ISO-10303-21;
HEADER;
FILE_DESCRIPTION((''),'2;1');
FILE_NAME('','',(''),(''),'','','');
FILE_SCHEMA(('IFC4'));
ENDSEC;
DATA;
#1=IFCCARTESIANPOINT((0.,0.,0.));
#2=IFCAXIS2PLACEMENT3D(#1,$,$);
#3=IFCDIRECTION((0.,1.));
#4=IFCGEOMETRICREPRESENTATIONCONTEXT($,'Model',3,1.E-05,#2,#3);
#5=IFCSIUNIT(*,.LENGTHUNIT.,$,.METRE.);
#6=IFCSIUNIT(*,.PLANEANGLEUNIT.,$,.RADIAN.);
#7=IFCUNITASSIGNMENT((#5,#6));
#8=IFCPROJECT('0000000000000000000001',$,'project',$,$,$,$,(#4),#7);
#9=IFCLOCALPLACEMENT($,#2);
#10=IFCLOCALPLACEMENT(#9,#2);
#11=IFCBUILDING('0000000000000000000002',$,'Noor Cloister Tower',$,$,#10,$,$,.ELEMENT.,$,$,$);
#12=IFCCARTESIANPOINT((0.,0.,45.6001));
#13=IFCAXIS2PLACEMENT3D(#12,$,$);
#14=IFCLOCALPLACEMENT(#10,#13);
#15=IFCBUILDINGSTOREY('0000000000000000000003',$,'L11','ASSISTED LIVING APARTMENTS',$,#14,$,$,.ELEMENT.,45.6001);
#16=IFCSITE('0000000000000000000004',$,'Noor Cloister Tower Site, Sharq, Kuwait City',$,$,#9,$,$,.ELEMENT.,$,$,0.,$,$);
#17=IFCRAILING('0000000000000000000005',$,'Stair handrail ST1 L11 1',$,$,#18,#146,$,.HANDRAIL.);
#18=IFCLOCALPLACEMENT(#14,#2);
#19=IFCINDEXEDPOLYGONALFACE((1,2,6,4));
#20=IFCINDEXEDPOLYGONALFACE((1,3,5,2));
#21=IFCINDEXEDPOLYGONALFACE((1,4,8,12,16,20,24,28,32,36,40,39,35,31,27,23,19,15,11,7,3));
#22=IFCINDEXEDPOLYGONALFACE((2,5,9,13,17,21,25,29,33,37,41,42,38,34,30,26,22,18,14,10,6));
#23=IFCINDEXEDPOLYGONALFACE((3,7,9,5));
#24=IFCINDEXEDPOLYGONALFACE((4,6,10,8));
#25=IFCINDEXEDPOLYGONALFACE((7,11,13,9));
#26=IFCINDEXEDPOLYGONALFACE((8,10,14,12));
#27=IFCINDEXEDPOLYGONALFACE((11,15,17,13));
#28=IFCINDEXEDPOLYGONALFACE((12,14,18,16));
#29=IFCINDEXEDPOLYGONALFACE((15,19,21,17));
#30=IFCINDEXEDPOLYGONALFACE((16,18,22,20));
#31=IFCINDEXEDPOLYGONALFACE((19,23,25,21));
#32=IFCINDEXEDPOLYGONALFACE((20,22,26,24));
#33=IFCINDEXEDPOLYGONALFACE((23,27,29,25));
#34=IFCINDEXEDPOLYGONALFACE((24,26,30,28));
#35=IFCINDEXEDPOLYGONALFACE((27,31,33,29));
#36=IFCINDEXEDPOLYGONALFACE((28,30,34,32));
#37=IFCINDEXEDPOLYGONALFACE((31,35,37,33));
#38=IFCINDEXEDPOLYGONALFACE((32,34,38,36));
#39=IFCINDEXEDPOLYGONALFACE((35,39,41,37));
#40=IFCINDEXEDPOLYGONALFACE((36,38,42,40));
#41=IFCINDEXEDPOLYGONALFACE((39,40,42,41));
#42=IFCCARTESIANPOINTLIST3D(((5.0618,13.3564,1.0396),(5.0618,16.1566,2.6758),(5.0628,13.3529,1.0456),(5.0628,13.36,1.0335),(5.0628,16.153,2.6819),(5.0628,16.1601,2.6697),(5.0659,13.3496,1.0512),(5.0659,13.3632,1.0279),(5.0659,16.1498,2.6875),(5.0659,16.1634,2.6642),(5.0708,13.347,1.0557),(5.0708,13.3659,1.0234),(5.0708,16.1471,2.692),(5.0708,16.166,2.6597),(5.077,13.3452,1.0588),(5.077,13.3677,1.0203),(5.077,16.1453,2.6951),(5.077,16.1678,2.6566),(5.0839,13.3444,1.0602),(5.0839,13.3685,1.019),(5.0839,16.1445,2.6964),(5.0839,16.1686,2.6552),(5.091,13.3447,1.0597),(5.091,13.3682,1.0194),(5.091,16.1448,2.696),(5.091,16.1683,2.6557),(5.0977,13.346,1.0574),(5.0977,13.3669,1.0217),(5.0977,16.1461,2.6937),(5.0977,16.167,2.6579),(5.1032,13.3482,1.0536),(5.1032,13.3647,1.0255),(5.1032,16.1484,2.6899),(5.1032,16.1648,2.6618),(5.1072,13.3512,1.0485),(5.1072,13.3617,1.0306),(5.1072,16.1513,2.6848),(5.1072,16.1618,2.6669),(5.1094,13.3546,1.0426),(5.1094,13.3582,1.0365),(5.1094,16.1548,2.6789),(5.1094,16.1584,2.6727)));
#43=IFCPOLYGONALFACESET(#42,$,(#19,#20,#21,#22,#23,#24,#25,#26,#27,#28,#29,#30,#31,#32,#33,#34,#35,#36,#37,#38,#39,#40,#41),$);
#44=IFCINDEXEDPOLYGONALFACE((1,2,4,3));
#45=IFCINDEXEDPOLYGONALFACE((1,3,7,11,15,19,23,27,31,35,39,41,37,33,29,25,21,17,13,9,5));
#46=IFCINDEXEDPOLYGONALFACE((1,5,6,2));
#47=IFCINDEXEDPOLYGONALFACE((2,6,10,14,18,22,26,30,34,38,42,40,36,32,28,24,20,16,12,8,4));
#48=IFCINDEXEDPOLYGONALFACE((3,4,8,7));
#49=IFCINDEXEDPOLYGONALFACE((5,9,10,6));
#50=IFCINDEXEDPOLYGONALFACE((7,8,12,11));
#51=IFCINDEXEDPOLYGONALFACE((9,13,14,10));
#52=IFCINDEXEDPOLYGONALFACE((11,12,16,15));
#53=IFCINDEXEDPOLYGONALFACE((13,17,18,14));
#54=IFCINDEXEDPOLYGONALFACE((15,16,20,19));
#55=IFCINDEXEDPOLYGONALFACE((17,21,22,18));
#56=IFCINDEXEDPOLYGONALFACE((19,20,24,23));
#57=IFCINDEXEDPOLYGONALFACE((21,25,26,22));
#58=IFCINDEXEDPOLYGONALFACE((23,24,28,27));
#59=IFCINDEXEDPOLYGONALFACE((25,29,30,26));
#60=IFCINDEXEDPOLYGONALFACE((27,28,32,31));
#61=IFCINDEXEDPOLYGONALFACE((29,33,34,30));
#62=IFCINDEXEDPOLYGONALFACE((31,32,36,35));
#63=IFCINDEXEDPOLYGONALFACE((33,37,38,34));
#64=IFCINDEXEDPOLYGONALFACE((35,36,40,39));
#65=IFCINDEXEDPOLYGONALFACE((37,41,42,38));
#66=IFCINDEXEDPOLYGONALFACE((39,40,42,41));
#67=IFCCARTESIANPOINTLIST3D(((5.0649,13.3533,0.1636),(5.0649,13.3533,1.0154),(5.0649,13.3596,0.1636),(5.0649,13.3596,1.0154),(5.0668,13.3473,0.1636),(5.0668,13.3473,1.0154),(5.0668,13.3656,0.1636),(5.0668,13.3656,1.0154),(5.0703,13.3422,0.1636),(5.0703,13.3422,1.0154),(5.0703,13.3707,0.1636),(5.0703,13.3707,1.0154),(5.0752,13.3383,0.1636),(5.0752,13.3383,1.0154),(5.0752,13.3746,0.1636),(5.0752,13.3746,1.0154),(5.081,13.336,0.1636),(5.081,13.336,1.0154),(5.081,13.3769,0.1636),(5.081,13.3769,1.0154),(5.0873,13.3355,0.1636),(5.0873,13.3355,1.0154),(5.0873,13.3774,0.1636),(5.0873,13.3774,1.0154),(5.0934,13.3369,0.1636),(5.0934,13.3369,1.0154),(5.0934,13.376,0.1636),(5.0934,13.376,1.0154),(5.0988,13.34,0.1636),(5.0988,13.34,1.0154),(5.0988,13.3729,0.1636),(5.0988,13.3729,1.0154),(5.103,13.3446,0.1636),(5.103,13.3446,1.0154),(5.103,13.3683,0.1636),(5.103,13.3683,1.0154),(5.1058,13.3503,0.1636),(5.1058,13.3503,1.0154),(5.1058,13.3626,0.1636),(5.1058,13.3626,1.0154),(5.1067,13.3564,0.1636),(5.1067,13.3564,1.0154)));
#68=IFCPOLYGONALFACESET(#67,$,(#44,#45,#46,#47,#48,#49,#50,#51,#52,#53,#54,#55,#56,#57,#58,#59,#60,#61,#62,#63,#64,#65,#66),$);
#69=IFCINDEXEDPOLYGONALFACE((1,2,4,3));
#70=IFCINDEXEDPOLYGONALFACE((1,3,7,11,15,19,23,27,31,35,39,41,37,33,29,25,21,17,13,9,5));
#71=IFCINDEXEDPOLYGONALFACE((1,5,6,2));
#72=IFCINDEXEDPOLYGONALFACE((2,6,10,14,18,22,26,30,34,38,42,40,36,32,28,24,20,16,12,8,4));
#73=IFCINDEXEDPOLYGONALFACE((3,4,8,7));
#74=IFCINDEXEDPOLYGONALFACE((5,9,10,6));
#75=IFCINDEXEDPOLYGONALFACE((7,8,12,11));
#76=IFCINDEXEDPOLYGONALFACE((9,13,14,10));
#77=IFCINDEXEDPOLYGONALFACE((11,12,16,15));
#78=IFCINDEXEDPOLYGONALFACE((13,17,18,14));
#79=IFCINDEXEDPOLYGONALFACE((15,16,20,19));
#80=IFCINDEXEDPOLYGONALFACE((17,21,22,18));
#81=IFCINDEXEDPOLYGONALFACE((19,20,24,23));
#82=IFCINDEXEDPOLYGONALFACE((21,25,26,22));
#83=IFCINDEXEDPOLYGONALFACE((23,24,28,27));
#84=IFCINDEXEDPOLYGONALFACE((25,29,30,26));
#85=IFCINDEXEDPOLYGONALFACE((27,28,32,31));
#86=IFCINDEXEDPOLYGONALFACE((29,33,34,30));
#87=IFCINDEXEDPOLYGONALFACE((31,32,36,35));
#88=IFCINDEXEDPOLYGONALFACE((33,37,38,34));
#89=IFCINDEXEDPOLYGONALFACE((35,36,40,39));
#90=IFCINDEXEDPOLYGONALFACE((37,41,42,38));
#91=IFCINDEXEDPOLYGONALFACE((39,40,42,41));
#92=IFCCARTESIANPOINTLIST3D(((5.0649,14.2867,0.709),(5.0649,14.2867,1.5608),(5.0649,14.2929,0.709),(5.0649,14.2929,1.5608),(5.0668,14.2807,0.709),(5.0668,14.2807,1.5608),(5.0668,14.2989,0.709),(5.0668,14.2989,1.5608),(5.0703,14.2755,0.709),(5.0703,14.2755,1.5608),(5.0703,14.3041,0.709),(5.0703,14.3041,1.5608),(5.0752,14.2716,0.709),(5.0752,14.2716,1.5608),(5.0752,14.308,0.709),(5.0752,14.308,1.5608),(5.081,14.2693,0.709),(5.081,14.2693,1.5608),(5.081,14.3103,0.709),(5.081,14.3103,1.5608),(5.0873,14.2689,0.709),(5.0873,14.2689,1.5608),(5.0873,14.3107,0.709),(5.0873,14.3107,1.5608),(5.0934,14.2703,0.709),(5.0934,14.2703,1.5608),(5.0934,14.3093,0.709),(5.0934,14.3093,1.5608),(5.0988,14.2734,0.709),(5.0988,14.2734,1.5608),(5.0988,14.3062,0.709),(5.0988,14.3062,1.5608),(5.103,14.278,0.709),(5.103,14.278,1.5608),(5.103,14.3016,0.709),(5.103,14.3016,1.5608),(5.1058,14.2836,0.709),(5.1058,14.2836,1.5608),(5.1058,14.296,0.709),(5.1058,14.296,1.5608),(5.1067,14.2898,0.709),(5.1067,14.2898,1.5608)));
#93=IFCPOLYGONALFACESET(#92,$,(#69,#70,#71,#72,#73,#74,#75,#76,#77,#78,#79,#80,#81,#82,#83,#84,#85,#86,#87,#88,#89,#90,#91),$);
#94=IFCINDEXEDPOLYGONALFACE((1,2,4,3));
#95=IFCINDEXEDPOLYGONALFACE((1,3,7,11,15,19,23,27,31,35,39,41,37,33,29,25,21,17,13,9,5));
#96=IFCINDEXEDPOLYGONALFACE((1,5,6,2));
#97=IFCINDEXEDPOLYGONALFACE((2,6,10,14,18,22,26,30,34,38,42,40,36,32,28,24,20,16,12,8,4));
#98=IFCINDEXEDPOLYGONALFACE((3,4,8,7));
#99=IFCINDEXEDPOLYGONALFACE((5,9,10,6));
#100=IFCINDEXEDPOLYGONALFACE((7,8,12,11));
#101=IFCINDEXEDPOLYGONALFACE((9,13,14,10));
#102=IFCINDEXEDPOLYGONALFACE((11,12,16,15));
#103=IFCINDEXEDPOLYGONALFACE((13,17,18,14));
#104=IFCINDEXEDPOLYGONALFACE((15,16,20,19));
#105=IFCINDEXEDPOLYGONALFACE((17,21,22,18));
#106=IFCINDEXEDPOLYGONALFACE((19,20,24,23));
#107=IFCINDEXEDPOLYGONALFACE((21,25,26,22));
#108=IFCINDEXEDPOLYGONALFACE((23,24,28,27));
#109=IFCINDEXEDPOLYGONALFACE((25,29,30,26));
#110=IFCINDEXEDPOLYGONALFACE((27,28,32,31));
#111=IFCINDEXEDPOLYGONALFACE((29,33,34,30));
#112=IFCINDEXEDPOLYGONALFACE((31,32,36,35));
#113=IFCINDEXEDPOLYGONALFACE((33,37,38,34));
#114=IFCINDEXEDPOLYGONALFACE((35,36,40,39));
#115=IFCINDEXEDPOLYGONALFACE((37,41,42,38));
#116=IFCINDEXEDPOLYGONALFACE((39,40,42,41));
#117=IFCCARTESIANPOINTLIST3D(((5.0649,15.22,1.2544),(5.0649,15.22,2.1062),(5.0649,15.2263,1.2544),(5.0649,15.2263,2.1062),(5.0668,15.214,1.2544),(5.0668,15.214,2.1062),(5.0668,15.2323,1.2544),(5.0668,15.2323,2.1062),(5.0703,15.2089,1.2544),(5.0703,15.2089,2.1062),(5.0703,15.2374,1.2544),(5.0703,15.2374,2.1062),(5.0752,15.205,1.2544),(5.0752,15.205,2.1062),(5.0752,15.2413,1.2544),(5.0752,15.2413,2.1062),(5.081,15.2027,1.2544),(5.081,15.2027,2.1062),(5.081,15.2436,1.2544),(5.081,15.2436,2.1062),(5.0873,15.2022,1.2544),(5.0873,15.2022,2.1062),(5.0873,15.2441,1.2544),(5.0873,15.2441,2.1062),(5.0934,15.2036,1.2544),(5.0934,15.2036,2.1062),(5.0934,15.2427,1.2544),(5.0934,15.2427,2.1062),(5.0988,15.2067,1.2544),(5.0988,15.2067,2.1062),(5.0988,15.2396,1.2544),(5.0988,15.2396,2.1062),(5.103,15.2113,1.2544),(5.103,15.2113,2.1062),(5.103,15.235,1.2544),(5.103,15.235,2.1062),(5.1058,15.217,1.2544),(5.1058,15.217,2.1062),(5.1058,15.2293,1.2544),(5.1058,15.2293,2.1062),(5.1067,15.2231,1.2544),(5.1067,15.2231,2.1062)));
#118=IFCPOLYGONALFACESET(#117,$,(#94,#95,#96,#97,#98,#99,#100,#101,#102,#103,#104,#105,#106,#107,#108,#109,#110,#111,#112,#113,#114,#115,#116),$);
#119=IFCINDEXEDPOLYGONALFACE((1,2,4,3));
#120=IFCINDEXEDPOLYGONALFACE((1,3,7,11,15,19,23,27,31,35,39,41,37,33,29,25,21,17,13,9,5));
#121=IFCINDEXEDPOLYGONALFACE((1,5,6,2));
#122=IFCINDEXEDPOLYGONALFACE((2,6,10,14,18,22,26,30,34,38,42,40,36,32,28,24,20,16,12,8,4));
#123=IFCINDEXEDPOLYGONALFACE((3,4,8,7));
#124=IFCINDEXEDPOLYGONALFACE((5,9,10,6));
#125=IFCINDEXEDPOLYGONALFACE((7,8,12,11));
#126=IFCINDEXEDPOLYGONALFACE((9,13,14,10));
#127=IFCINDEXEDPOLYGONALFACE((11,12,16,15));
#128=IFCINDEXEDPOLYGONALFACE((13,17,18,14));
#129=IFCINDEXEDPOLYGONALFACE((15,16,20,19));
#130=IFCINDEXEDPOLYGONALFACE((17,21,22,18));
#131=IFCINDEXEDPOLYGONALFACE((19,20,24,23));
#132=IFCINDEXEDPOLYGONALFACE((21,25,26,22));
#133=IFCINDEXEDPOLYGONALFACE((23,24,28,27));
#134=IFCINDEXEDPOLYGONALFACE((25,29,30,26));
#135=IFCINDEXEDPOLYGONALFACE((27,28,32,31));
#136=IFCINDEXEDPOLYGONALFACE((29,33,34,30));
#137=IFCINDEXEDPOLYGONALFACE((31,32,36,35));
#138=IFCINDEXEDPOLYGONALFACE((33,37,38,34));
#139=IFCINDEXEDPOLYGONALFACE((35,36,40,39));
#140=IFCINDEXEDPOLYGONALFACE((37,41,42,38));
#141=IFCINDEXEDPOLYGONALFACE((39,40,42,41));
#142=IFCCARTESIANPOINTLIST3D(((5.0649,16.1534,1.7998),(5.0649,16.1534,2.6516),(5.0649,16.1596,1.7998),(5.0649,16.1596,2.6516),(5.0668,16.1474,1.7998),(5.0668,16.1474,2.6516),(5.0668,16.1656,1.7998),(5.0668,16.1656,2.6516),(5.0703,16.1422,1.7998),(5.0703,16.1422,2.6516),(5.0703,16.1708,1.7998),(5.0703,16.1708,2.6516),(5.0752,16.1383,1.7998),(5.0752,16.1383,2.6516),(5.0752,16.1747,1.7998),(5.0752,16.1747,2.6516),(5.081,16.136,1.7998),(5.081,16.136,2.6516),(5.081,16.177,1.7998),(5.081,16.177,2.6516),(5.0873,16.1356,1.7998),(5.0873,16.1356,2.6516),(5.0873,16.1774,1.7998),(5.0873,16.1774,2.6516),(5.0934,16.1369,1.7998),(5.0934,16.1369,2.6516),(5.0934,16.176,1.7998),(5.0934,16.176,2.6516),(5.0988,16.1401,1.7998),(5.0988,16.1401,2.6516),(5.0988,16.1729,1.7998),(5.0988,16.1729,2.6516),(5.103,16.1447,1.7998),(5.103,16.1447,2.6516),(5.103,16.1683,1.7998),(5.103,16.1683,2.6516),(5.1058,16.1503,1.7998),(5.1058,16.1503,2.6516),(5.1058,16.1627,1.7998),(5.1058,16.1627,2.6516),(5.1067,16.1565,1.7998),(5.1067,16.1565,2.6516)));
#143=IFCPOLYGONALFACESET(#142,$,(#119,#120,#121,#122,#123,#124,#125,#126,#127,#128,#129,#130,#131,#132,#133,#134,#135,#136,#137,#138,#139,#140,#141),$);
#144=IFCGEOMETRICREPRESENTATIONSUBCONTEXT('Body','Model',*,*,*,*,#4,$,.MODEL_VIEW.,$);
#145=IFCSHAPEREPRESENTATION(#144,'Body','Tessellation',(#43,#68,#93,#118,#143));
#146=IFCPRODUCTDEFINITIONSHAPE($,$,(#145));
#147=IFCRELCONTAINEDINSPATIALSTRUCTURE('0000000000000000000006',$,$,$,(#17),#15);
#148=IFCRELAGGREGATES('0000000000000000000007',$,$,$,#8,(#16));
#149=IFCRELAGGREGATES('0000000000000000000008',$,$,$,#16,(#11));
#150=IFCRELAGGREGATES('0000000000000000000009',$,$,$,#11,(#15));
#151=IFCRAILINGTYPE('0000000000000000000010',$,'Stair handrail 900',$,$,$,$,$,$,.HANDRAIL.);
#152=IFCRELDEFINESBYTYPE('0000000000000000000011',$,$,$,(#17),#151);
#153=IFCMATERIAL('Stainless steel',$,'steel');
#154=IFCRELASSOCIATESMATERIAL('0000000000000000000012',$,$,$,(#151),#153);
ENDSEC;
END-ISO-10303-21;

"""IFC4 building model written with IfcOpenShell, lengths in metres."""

from ifc_helpers import new_model, si_unit, direction, frame, origin, origin_2d, place, context, subcontext, project, spatial, circle, extrude, material, type_object, element, save


model = new_model("IFC4")

# Units and contexts
model_context = context("Model", 3, precision=1e-05, world=origin(), true_north=direction((0.0, 1.0)))
body_context = subcontext(model_context, "Body", "Model", "MODEL_VIEW")
ifc_project = project(units=[si_unit("LENGTHUNIT", "METRE"), si_unit("PLANEANGLEUNIT", "RADIAN")], contexts=[model_context])

# Site, building, storey
site_placement = place(None, origin())
site = spatial("IfcSite", under=ifc_project, at=site_placement, Name="Noor Cloister Tower Site, Sharq, Kuwait City", CompositionType="ELEMENT", RefElevation=0.0)
building_placement = place(site_placement, origin())
building = spatial("IfcBuilding", under=site, at=building_placement, Name="Noor Cloister Tower", CompositionType="ELEMENT")
storey_placement = place(building_placement, frame((0.0, 0.0, 45.6001)))
storey = spatial("IfcBuildingStorey", under=building, at=storey_placement, Name="L11", Description="ASSISTED LIVING APARTMENTS", CompositionType="ELEMENT", Elevation=45.6001)

# Railing
ifc_material_1 = material(Name="Stainless steel", Category="steel")
railing_type_1 = type_object("IfcRailingType", Name="Stair handrail 900", PredefinedType="HANDRAIL", material=ifc_material_1)
railing_1_placement = place(storey_placement, frame((5.0857, 13.3564, 0.1636)))
element("IfcRailing", 1, at=railing_1_placement, inside=storey, type_object=railing_type_1, Name="Stair handrail ST1 L11 1", PredefinedType="HANDRAIL", context=body_context, shape_type="SweptSolid", body=[
    extrude(circle(Radius=0.0239, at=origin_2d()), frame((0.0, 0.0, 0.876), z_axis=(0.0, 0.863394, 0.504531), x_axis=(-1.0, 0.0, 0.0)), (0.0, 0.0, 1.0), 3.2432),
    extrude(circle(Radius=0.021, at=origin_2d()), origin(), (0.0, 0.0, 1.0), 0.8518),
    extrude(circle(Radius=0.021, at=origin_2d()), frame((0.0, 0.9333, 0.5454)), (0.0, 0.0, 1.0), 0.8518),
    extrude(circle(Radius=0.021, at=origin_2d()), frame((0.0, 1.8667, 1.0908)), (0.0, 0.0, 1.0), 0.8518),
    extrude(circle(Radius=0.021, at=origin_2d()), frame((0.0, 2.8, 1.6362)), (0.0, 0.0, 1.0), 0.8518),
])

save(model, "model.ifc")
